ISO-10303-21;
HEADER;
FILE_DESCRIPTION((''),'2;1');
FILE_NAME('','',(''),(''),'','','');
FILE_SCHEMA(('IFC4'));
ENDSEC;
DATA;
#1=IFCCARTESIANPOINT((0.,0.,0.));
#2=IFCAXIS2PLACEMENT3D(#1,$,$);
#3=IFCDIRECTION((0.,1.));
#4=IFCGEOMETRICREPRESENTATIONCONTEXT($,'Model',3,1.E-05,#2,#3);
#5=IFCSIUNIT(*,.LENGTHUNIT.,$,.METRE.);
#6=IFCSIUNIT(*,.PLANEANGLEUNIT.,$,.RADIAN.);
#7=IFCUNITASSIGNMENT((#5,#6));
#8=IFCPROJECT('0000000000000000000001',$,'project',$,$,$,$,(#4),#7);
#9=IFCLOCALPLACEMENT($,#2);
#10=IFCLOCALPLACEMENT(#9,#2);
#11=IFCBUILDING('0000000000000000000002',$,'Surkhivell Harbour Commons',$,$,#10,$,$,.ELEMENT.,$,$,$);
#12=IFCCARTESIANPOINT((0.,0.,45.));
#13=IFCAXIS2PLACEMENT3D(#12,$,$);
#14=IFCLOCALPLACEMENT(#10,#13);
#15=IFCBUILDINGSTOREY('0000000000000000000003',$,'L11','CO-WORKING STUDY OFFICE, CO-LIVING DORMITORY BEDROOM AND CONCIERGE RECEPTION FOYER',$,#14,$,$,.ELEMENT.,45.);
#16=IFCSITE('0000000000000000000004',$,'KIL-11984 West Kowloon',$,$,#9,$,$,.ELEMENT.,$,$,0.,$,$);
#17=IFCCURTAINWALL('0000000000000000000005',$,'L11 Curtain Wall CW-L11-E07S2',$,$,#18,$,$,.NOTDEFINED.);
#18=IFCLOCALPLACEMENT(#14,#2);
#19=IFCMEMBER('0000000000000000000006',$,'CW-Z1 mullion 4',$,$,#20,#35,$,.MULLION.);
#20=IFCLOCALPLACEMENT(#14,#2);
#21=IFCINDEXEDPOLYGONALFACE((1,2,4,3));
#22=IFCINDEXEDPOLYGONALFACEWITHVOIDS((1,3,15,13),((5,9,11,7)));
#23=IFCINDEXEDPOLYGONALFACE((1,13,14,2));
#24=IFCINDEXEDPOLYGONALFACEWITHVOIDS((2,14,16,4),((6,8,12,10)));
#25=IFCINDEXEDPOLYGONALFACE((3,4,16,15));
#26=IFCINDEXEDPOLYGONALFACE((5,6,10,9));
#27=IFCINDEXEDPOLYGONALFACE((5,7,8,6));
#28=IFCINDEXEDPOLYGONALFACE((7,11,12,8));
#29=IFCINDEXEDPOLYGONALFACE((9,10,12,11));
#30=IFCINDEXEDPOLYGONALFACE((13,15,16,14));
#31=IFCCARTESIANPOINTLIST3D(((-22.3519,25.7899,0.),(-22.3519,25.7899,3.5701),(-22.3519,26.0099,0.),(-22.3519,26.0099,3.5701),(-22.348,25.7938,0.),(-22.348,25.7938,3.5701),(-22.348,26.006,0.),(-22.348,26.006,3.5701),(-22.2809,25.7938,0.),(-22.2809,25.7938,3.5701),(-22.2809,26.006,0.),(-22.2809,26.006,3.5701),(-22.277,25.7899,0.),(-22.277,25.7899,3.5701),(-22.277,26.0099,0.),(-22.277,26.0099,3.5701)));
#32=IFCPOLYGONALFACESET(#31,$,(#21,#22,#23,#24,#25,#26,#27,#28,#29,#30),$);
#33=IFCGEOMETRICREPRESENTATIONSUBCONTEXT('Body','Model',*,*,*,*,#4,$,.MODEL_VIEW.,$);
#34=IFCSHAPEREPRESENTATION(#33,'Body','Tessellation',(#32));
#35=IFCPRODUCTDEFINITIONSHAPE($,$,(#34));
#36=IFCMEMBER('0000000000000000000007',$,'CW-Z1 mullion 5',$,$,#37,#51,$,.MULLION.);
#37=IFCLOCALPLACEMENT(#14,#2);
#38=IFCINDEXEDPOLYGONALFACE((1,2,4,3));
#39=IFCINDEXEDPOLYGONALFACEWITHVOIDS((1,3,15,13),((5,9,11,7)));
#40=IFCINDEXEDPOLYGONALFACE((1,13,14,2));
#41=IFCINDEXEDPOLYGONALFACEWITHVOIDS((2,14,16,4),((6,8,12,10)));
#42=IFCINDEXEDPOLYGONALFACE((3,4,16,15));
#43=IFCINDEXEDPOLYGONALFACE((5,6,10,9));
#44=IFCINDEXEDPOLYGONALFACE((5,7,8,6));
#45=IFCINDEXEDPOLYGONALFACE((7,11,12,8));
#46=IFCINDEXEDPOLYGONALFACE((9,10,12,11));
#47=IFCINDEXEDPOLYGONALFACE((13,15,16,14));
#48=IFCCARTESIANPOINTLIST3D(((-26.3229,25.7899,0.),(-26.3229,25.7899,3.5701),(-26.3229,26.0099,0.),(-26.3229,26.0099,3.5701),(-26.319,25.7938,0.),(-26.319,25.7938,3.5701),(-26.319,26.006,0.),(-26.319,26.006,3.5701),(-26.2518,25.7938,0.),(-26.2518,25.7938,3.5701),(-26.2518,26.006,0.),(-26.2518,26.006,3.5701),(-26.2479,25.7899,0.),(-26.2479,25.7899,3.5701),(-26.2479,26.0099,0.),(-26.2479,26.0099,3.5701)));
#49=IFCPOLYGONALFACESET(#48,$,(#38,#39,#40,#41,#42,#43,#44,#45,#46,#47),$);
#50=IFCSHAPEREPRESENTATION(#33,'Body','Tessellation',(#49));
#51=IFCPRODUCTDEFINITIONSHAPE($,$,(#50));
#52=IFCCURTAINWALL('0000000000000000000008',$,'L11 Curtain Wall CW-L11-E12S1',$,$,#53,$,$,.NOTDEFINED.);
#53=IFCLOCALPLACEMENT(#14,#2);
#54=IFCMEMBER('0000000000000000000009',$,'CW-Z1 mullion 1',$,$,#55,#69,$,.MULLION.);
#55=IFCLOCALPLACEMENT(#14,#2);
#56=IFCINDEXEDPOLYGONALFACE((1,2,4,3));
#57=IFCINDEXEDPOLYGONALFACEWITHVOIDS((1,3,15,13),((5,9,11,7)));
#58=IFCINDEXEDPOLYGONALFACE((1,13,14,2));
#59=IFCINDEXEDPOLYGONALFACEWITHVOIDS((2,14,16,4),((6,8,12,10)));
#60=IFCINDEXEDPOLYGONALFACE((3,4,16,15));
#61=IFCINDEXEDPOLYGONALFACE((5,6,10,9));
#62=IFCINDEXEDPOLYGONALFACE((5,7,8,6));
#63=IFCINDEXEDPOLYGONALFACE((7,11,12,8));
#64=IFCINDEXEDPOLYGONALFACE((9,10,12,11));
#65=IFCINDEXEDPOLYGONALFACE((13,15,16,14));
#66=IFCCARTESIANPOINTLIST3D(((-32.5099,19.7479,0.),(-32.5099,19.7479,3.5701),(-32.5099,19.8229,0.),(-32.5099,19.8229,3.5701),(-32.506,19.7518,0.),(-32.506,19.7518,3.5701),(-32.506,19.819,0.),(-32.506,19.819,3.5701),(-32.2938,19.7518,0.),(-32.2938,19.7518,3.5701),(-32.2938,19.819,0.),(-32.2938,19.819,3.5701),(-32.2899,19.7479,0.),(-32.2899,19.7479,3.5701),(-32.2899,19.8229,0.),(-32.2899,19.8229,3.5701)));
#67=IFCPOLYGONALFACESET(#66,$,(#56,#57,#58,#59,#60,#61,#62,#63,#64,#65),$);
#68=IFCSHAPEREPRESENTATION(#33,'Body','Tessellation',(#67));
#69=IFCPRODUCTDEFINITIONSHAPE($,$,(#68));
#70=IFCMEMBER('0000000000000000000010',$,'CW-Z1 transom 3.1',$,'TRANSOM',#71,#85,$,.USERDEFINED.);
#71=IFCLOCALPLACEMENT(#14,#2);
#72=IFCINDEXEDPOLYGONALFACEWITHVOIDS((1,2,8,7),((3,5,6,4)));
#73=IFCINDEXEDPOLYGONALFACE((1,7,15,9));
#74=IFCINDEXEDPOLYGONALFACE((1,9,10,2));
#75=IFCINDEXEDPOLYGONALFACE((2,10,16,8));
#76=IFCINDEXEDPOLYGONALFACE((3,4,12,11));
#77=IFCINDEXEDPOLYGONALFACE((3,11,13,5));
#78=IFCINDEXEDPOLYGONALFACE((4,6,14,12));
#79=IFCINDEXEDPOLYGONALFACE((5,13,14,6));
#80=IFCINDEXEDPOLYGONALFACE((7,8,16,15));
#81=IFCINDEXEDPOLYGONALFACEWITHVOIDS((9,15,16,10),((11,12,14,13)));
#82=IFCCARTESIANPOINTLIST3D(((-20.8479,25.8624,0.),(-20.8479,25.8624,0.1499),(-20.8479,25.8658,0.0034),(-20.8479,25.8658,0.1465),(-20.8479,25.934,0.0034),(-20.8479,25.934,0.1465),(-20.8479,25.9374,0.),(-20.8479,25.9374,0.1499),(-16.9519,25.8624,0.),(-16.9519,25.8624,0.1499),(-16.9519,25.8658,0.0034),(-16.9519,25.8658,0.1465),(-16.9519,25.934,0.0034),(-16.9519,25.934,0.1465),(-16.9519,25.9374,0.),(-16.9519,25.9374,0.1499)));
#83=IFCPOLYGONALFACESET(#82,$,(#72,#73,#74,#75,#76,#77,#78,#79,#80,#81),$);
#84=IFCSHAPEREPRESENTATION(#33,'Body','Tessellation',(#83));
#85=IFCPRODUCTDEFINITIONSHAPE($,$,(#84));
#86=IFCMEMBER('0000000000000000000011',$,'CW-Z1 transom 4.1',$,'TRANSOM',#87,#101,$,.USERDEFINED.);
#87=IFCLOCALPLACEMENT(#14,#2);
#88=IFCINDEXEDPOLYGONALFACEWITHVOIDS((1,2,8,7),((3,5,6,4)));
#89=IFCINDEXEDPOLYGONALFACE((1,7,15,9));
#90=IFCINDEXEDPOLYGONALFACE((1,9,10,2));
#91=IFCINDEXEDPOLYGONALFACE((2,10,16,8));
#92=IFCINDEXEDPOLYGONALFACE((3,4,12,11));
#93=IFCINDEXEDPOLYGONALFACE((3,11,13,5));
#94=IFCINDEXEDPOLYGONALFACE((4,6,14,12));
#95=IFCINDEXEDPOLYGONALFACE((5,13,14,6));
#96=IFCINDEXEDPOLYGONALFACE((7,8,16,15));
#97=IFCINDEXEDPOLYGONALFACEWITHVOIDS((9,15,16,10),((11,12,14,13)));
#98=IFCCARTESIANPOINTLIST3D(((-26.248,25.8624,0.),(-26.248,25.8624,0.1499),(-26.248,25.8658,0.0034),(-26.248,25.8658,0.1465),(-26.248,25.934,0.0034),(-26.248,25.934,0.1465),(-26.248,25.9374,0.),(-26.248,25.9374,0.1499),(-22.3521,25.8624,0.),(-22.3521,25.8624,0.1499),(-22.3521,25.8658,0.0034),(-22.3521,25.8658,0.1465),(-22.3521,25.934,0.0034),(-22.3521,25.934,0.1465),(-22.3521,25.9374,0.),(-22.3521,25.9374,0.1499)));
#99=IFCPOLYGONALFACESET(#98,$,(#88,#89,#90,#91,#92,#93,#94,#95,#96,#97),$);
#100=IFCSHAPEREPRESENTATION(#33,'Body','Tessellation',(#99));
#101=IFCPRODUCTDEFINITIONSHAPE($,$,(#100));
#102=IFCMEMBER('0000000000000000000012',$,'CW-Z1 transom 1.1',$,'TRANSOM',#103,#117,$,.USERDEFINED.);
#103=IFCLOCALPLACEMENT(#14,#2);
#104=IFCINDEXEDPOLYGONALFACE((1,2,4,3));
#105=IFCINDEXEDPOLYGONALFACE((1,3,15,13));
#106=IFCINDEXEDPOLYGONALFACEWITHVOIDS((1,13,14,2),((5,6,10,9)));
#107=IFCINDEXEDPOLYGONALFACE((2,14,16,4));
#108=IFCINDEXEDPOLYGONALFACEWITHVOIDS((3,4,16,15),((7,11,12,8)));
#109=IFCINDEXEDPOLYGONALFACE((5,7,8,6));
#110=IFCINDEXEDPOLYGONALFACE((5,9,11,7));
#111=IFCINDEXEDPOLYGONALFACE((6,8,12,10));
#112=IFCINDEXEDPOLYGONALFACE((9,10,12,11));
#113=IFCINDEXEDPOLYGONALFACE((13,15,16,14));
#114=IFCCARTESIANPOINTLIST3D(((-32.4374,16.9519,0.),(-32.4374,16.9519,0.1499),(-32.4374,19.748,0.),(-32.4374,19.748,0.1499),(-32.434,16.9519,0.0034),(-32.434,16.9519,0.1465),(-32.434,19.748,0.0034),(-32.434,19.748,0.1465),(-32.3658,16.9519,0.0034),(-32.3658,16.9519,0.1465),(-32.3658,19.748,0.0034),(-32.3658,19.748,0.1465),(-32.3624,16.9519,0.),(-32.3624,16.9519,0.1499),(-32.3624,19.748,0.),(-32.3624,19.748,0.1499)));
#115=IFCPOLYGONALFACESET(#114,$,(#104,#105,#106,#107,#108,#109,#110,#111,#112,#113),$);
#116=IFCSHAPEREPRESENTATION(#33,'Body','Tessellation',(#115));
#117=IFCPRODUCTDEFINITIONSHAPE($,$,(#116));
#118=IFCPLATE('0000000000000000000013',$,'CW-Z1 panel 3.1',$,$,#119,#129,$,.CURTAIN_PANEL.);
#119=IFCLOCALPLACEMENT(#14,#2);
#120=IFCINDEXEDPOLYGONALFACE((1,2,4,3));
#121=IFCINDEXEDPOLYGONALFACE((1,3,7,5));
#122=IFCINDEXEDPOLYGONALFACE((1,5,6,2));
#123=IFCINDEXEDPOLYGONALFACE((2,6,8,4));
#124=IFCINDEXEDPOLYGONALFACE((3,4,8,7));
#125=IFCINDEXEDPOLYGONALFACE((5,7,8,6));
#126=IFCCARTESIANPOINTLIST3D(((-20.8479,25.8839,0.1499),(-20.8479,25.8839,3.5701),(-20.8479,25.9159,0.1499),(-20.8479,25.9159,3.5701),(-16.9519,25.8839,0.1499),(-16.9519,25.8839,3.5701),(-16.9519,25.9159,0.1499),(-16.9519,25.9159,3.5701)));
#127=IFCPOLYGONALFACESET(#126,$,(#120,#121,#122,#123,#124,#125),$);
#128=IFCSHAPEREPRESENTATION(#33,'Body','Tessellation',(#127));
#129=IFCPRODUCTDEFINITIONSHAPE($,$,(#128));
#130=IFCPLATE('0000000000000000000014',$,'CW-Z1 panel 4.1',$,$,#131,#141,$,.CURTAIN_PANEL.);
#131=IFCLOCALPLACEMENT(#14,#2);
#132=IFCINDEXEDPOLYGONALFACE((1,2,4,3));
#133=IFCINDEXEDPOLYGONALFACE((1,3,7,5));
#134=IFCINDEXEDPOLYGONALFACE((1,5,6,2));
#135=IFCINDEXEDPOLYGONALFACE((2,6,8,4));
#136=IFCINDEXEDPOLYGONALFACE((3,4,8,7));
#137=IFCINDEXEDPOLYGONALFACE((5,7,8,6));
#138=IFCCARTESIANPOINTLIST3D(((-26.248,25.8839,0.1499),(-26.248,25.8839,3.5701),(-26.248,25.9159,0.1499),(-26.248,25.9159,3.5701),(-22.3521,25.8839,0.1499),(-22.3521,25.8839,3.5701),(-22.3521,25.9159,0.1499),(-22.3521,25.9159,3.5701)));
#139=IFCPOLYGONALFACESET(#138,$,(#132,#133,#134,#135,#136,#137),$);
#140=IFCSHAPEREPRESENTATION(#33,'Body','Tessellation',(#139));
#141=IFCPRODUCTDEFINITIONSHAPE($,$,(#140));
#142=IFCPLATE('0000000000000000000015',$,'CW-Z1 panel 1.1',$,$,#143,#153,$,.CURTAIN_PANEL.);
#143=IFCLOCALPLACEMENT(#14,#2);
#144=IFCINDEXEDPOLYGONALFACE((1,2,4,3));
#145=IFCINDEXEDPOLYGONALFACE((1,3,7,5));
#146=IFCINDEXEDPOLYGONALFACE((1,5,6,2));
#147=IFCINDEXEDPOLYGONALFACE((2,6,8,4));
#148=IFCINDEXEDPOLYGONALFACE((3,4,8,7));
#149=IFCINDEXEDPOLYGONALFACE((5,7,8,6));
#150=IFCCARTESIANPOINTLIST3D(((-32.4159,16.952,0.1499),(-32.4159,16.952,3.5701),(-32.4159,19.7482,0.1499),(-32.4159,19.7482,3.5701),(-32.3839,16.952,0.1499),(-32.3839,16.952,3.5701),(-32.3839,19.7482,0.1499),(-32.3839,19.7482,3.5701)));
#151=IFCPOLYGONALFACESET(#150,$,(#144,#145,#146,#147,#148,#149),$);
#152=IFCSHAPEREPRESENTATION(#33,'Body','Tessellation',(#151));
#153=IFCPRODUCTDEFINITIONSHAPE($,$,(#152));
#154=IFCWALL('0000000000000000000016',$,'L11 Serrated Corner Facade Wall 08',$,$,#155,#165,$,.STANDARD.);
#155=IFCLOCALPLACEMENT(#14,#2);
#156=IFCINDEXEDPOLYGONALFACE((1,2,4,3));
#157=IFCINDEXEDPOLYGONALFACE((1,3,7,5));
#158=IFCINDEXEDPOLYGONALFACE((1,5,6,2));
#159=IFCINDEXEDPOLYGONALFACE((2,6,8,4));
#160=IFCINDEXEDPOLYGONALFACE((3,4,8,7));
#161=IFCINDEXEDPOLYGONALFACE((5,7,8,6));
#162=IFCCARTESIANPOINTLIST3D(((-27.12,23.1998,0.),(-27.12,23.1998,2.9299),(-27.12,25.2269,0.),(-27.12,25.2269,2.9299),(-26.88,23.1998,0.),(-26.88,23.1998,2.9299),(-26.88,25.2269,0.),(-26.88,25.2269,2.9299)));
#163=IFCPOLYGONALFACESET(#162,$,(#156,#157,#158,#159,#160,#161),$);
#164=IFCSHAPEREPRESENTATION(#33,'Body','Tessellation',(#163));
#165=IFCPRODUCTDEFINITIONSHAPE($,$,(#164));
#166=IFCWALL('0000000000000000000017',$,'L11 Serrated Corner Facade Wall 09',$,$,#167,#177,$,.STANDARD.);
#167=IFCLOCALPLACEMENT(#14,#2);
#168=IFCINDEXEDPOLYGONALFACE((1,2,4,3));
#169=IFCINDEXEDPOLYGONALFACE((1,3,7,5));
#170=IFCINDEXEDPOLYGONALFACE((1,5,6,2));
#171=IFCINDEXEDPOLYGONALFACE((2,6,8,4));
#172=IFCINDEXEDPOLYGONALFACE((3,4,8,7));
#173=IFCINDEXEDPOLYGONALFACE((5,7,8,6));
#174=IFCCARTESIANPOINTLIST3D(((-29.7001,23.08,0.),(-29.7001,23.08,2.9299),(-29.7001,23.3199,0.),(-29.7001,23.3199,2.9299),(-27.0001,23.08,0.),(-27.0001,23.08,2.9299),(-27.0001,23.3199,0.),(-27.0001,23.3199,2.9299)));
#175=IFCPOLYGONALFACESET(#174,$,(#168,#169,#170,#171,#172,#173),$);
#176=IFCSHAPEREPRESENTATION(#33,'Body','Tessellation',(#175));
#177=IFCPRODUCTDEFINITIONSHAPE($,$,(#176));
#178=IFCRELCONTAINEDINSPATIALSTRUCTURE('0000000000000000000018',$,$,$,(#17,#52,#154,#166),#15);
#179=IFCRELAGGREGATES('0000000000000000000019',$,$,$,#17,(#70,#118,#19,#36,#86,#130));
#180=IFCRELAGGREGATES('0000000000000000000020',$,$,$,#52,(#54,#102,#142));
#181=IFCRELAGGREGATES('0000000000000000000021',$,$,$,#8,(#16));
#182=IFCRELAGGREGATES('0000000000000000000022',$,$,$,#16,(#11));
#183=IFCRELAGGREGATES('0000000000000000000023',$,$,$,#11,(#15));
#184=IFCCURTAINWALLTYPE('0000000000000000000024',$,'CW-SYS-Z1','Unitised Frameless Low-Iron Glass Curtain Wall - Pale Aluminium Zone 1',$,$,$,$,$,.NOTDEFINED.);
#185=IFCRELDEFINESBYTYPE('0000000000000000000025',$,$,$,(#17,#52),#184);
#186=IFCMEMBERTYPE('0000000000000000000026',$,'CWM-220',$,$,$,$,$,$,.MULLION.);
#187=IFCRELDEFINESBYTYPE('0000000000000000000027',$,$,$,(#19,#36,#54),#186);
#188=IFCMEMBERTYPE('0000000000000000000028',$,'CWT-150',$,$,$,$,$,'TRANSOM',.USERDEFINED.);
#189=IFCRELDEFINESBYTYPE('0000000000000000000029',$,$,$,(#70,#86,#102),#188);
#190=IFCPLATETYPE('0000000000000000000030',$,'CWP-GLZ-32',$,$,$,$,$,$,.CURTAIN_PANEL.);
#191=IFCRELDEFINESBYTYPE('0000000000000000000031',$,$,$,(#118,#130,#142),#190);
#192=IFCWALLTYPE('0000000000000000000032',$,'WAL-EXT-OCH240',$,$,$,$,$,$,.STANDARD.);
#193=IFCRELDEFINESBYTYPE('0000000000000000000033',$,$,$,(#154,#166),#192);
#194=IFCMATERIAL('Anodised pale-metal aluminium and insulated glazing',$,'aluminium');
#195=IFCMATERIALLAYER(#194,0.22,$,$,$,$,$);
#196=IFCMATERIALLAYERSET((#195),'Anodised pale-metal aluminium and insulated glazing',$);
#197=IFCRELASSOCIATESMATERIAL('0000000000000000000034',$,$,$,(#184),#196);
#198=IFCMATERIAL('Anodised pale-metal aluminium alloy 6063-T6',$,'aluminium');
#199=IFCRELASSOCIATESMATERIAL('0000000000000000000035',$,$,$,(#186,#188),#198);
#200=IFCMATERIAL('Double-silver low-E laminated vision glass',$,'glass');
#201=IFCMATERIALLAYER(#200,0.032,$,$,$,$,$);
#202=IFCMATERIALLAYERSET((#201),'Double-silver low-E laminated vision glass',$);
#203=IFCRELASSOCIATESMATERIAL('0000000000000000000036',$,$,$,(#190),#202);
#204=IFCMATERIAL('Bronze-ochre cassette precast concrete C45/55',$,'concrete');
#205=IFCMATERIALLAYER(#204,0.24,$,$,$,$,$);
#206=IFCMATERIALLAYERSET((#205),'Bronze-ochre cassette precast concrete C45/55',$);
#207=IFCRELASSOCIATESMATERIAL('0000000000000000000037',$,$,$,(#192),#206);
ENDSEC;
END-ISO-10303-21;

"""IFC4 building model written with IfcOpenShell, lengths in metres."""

from ifc_helpers import new_model, si_unit, direction, frame, frame_2d, origin, origin_2d, place, context, subcontext, project, spatial, rectangle, hollow_rectangle, extrude, material, layer, layer_set, material_profile, profile_set, type_object, element, aggregate, save


model = new_model("IFC4")

# Units and contexts
model_context = context("Model", 3, precision=1e-05, world=origin(), true_north=direction((0.0, 1.0)))
body_context = subcontext(model_context, "Body", "Model", "MODEL_VIEW")
ifc_project = project(units=[si_unit("LENGTHUNIT", "METRE"), si_unit("PLANEANGLEUNIT", "RADIAN")], contexts=[model_context])

# Site, building, storey
site_placement = place(None, origin())
site = spatial("IfcSite", under=ifc_project, at=site_placement, Name="KIL-11984 West Kowloon", CompositionType="ELEMENT", RefElevation=0.0)
building_placement = place(site_placement, origin())
building = spatial("IfcBuilding", under=site, at=building_placement, Name="Surkhivell Harbour Commons", CompositionType="ELEMENT")
storey_placement = place(building_placement, frame((0.0, 0.0, 45.0)))
storey = spatial("IfcBuildingStorey", under=building, at=storey_placement, Name="L11", Description="CO-WORKING STUDY OFFICE, CO-LIVING DORMITORY BEDROOM AND CONCIERGE RECEPTION FOYER", CompositionType="ELEMENT", Elevation=45.0)

# Curtain wall, members
ifc_material_1 = material(Name="Anodised pale-metal aluminium and insulated glazing", Category="aluminium")
ifc_layer_1 = layer(ifc_material_1, 0.22)
ifc_layer_set_1 = layer_set([ifc_layer_1], Name="Anodised pale-metal aluminium and insulated glazing")
curtain_wall_type = type_object("IfcCurtainWallType", Name="CW-SYS-Z1", Description="Unitised Frameless Low-Iron Glass Curtain Wall - Pale Aluminium Zone 1", PredefinedType="NOTDEFINED", material=ifc_layer_set_1)
curtain_wall_1_placement = place(storey_placement, origin())
curtain_wall_1 = element("IfcCurtainWall", 1, at=curtain_wall_1_placement, inside=storey, type_object=curtain_wall_type, Name="L11 Curtain Wall CW-L11-E07S2", PredefinedType="NOTDEFINED")
ifc_material_2 = material(Name="Anodised pale-metal aluminium alloy 6063-T6", Category="aluminium")
ifc_material_profile_1 = material_profile(ifc_material_2, hollow_rectangle(XDim=0.075, YDim=0.22, WallThickness=0.0039, at=origin_2d()), Name="ALU-MULL-75x220")
ifc_profile_set_1 = profile_set([ifc_material_profile_1], Name="Anodised pale-metal aluminium alloy 6063-T6")
member_type_1 = type_object("IfcMemberType", Name="CWM-220", PredefinedType="MULLION", material=ifc_profile_set_1)
member_1_placement = place(storey_placement, frame((-22.3145, 25.8999, 0.0), z_axis=(0.0, 0.0, 1.0), x_axis=(-1.0, 0.0, 0.0)))
member_1 = element("IfcMember", 2, at=member_1_placement, type_object=member_type_1, Name="CW-Z1 mullion 4", PredefinedType="MULLION", context=body_context, shape_type="SweptSolid", body=[
    extrude(hollow_rectangle(XDim=0.075, YDim=0.22, WallThickness=0.0039, at=origin_2d()), origin(), (0.0, 0.0, 1.0), 3.5701),
])
member_2_placement = place(storey_placement, frame((-26.2854, 25.8999, 0.0), z_axis=(0.0, 0.0, 1.0), x_axis=(-1.0, 0.0, 0.0)))
member_2 = element("IfcMember", 3, at=member_2_placement, type_object=member_type_1, Name="CW-Z1 mullion 5", PredefinedType="MULLION", context=body_context, shape_type="SweptSolid", body=[
    extrude(hollow_rectangle(XDim=0.075, YDim=0.22, WallThickness=0.0039, at=origin_2d()), origin(), (0.0, 0.0, 1.0), 3.5701),
])

# Curtain wall, member
curtain_wall_2_placement = place(storey_placement, origin())
curtain_wall_2 = element("IfcCurtainWall", 4, at=curtain_wall_2_placement, inside=storey, type_object=curtain_wall_type, Name="L11 Curtain Wall CW-L11-E12S1", PredefinedType="NOTDEFINED")
member_3_placement = place(storey_placement, frame((-32.3999, 19.7854, 0.0), z_axis=(0.0, 0.0, 1.0), x_axis=(0.0, -1.0, 0.0)))
member_3 = element("IfcMember", 5, at=member_3_placement, type_object=member_type_1, Name="CW-Z1 mullion 1", PredefinedType="MULLION", context=body_context, shape_type="SweptSolid", body=[
    extrude(hollow_rectangle(XDim=0.075, YDim=0.22, WallThickness=0.0039, at=origin_2d()), origin(), (0.0, 0.0, 1.0), 3.5701),
])

# Members
ifc_material_profile_2 = material_profile(ifc_material_2, hollow_rectangle(XDim=0.075, YDim=0.1499, WallThickness=0.0034, at=origin_2d()), Name="ALU-TRAN-75x150")
ifc_profile_set_2 = profile_set([ifc_material_profile_2], Name="Anodised pale-metal aluminium alloy 6063-T6")
member_type_2 = type_object("IfcMemberType", Name="CWT-150", ElementType="TRANSOM", PredefinedType="USERDEFINED", material=ifc_profile_set_2)
member_4_placement = place(storey_placement, frame((-16.9519, 25.8999, 0.075), z_axis=(-1.0, 0.0, 0.0), x_axis=(0.0, -1.0, 0.0)))
member_4 = element("IfcMember", 6, at=member_4_placement, type_object=member_type_2, Name="CW-Z1 transom 3.1", ObjectType="TRANSOM", PredefinedType="USERDEFINED", context=body_context, shape_type="SweptSolid", body=[
    extrude(hollow_rectangle(XDim=0.075, YDim=0.1499, WallThickness=0.0034, at=origin_2d()), origin(), (0.0, 0.0, 1.0), 3.896),
])
member_5_placement = place(storey_placement, frame((-22.3521, 25.8999, 0.075), z_axis=(-1.0, 0.0, 0.0), x_axis=(0.0, -1.0, 0.0)))
member_5 = element("IfcMember", 7, at=member_5_placement, type_object=member_type_2, Name="CW-Z1 transom 4.1", ObjectType="TRANSOM", PredefinedType="USERDEFINED", context=body_context, shape_type="SweptSolid", body=[
    extrude(hollow_rectangle(XDim=0.075, YDim=0.1499, WallThickness=0.0034, at=origin_2d()), origin(), (0.0, 0.0, 1.0), 3.896),
])
member_6_placement = place(storey_placement, frame((-32.3999, 19.748, 0.075), z_axis=(0.0, -1.0, 0.0), x_axis=(1.0, 0.0, 0.0)))
member_6 = element("IfcMember", 8, at=member_6_placement, type_object=member_type_2, Name="CW-Z1 transom 1.1", ObjectType="TRANSOM", PredefinedType="USERDEFINED", context=body_context, shape_type="SweptSolid", body=[
    extrude(hollow_rectangle(XDim=0.075, YDim=0.1499, WallThickness=0.0034, at=origin_2d()), origin(), (0.0, 0.0, 1.0), 2.7961),
])

# Plates
ifc_material_3 = material(Name="Double-silver low-E laminated vision glass", Category="glass")
ifc_layer_2 = layer(ifc_material_3, 0.032)
ifc_layer_set_2 = layer_set([ifc_layer_2], Name="Double-silver low-E laminated vision glass")
plate_type = type_object("IfcPlateType", Name="CWP-GLZ-32", PredefinedType="CURTAIN_PANEL", material=ifc_layer_set_2)
plate_1_placement = place(storey_placement, frame((-16.9519, 25.8999, 0.1499), z_axis=(0.0, 0.0, 1.0), x_axis=(-1.0, 0.0, 0.0)))
plate_1 = element("IfcPlate", 9, at=plate_1_placement, type_object=plate_type, Name="CW-Z1 panel 3.1", PredefinedType="CURTAIN_PANEL", context=body_context, shape_type="SweptSolid", body=[
    extrude(rectangle(XDim=3.896, YDim=0.032, at=frame_2d((1.948, 0.0))), origin(), (0.0, 0.0, 1.0), 3.4202),
])
plate_2_placement = place(storey_placement, frame((-22.3521, 25.8999, 0.1499), z_axis=(0.0, 0.0, 1.0), x_axis=(-1.0, 0.0, 0.0)))
plate_2 = element("IfcPlate", 10, at=plate_2_placement, type_object=plate_type, Name="CW-Z1 panel 4.1", PredefinedType="CURTAIN_PANEL", context=body_context, shape_type="SweptSolid", body=[
    extrude(rectangle(XDim=3.896, YDim=0.032, at=frame_2d((1.948, 0.0))), origin(), (0.0, 0.0, 1.0), 3.4202),
])
aggregate(curtain_wall_1, [member_4, plate_1, member_1, member_2, member_5, plate_2])
plate_3_placement = place(storey_placement, frame((-32.3999, 19.748, 0.1499), z_axis=(0.0, 0.0, 1.0), x_axis=(0.0, -1.0, 0.0)))
plate_3 = element("IfcPlate", 11, at=plate_3_placement, type_object=plate_type, Name="CW-Z1 panel 1.1", PredefinedType="CURTAIN_PANEL", context=body_context, shape_type="SweptSolid", body=[
    extrude(rectangle(XDim=2.7961, YDim=0.032, at=frame_2d((1.3979, 0.0))), origin(), (0.0, 0.0, 1.0), 3.4202),
])
aggregate(curtain_wall_2, [member_3, member_6, plate_3])

# Walls
ifc_material_4 = material(Name="Bronze-ochre cassette precast concrete C45/55", Category="concrete")
ifc_layer_3 = layer(ifc_material_4, 0.24)
ifc_layer_set_3 = layer_set([ifc_layer_3], Name="Bronze-ochre cassette precast concrete C45/55")
wall_type = type_object("IfcWallType", Name="WAL-EXT-OCH240", PredefinedType="STANDARD", material=ifc_layer_set_3)
wall_1_placement = place(storey_placement, frame((-27.0, 25.2271, 0.0), z_axis=(0.0, 0.0, 1.0), x_axis=(0.0, -1.0, 0.0)))
element("IfcWall", 12, at=wall_1_placement, inside=storey, type_object=wall_type, Name="L11 Serrated Corner Facade Wall 08", PredefinedType="STANDARD", context=body_context, shape_type="SweptSolid", body=[
    extrude(rectangle(XDim=2.0271, YDim=0.24, at=frame_2d((1.0137, 0.0))), origin(), (0.0, 0.0, 1.0), 2.9299),
])
wall_2_placement = place(storey_placement, frame((-27.0, 23.2, 0.0), z_axis=(0.0, 0.0, 1.0), x_axis=(-1.0, 0.0, 0.0)))
element("IfcWall", 13, at=wall_2_placement, inside=storey, type_object=wall_type, Name="L11 Serrated Corner Facade Wall 09", PredefinedType="STANDARD", context=body_context, shape_type="SweptSolid", body=[
    extrude(rectangle(XDim=2.7, YDim=0.24, at=frame_2d((1.3501, 0.0))), origin(), (0.0, 0.0, 1.0), 2.9299),
])

save(model, "model.ifc")
